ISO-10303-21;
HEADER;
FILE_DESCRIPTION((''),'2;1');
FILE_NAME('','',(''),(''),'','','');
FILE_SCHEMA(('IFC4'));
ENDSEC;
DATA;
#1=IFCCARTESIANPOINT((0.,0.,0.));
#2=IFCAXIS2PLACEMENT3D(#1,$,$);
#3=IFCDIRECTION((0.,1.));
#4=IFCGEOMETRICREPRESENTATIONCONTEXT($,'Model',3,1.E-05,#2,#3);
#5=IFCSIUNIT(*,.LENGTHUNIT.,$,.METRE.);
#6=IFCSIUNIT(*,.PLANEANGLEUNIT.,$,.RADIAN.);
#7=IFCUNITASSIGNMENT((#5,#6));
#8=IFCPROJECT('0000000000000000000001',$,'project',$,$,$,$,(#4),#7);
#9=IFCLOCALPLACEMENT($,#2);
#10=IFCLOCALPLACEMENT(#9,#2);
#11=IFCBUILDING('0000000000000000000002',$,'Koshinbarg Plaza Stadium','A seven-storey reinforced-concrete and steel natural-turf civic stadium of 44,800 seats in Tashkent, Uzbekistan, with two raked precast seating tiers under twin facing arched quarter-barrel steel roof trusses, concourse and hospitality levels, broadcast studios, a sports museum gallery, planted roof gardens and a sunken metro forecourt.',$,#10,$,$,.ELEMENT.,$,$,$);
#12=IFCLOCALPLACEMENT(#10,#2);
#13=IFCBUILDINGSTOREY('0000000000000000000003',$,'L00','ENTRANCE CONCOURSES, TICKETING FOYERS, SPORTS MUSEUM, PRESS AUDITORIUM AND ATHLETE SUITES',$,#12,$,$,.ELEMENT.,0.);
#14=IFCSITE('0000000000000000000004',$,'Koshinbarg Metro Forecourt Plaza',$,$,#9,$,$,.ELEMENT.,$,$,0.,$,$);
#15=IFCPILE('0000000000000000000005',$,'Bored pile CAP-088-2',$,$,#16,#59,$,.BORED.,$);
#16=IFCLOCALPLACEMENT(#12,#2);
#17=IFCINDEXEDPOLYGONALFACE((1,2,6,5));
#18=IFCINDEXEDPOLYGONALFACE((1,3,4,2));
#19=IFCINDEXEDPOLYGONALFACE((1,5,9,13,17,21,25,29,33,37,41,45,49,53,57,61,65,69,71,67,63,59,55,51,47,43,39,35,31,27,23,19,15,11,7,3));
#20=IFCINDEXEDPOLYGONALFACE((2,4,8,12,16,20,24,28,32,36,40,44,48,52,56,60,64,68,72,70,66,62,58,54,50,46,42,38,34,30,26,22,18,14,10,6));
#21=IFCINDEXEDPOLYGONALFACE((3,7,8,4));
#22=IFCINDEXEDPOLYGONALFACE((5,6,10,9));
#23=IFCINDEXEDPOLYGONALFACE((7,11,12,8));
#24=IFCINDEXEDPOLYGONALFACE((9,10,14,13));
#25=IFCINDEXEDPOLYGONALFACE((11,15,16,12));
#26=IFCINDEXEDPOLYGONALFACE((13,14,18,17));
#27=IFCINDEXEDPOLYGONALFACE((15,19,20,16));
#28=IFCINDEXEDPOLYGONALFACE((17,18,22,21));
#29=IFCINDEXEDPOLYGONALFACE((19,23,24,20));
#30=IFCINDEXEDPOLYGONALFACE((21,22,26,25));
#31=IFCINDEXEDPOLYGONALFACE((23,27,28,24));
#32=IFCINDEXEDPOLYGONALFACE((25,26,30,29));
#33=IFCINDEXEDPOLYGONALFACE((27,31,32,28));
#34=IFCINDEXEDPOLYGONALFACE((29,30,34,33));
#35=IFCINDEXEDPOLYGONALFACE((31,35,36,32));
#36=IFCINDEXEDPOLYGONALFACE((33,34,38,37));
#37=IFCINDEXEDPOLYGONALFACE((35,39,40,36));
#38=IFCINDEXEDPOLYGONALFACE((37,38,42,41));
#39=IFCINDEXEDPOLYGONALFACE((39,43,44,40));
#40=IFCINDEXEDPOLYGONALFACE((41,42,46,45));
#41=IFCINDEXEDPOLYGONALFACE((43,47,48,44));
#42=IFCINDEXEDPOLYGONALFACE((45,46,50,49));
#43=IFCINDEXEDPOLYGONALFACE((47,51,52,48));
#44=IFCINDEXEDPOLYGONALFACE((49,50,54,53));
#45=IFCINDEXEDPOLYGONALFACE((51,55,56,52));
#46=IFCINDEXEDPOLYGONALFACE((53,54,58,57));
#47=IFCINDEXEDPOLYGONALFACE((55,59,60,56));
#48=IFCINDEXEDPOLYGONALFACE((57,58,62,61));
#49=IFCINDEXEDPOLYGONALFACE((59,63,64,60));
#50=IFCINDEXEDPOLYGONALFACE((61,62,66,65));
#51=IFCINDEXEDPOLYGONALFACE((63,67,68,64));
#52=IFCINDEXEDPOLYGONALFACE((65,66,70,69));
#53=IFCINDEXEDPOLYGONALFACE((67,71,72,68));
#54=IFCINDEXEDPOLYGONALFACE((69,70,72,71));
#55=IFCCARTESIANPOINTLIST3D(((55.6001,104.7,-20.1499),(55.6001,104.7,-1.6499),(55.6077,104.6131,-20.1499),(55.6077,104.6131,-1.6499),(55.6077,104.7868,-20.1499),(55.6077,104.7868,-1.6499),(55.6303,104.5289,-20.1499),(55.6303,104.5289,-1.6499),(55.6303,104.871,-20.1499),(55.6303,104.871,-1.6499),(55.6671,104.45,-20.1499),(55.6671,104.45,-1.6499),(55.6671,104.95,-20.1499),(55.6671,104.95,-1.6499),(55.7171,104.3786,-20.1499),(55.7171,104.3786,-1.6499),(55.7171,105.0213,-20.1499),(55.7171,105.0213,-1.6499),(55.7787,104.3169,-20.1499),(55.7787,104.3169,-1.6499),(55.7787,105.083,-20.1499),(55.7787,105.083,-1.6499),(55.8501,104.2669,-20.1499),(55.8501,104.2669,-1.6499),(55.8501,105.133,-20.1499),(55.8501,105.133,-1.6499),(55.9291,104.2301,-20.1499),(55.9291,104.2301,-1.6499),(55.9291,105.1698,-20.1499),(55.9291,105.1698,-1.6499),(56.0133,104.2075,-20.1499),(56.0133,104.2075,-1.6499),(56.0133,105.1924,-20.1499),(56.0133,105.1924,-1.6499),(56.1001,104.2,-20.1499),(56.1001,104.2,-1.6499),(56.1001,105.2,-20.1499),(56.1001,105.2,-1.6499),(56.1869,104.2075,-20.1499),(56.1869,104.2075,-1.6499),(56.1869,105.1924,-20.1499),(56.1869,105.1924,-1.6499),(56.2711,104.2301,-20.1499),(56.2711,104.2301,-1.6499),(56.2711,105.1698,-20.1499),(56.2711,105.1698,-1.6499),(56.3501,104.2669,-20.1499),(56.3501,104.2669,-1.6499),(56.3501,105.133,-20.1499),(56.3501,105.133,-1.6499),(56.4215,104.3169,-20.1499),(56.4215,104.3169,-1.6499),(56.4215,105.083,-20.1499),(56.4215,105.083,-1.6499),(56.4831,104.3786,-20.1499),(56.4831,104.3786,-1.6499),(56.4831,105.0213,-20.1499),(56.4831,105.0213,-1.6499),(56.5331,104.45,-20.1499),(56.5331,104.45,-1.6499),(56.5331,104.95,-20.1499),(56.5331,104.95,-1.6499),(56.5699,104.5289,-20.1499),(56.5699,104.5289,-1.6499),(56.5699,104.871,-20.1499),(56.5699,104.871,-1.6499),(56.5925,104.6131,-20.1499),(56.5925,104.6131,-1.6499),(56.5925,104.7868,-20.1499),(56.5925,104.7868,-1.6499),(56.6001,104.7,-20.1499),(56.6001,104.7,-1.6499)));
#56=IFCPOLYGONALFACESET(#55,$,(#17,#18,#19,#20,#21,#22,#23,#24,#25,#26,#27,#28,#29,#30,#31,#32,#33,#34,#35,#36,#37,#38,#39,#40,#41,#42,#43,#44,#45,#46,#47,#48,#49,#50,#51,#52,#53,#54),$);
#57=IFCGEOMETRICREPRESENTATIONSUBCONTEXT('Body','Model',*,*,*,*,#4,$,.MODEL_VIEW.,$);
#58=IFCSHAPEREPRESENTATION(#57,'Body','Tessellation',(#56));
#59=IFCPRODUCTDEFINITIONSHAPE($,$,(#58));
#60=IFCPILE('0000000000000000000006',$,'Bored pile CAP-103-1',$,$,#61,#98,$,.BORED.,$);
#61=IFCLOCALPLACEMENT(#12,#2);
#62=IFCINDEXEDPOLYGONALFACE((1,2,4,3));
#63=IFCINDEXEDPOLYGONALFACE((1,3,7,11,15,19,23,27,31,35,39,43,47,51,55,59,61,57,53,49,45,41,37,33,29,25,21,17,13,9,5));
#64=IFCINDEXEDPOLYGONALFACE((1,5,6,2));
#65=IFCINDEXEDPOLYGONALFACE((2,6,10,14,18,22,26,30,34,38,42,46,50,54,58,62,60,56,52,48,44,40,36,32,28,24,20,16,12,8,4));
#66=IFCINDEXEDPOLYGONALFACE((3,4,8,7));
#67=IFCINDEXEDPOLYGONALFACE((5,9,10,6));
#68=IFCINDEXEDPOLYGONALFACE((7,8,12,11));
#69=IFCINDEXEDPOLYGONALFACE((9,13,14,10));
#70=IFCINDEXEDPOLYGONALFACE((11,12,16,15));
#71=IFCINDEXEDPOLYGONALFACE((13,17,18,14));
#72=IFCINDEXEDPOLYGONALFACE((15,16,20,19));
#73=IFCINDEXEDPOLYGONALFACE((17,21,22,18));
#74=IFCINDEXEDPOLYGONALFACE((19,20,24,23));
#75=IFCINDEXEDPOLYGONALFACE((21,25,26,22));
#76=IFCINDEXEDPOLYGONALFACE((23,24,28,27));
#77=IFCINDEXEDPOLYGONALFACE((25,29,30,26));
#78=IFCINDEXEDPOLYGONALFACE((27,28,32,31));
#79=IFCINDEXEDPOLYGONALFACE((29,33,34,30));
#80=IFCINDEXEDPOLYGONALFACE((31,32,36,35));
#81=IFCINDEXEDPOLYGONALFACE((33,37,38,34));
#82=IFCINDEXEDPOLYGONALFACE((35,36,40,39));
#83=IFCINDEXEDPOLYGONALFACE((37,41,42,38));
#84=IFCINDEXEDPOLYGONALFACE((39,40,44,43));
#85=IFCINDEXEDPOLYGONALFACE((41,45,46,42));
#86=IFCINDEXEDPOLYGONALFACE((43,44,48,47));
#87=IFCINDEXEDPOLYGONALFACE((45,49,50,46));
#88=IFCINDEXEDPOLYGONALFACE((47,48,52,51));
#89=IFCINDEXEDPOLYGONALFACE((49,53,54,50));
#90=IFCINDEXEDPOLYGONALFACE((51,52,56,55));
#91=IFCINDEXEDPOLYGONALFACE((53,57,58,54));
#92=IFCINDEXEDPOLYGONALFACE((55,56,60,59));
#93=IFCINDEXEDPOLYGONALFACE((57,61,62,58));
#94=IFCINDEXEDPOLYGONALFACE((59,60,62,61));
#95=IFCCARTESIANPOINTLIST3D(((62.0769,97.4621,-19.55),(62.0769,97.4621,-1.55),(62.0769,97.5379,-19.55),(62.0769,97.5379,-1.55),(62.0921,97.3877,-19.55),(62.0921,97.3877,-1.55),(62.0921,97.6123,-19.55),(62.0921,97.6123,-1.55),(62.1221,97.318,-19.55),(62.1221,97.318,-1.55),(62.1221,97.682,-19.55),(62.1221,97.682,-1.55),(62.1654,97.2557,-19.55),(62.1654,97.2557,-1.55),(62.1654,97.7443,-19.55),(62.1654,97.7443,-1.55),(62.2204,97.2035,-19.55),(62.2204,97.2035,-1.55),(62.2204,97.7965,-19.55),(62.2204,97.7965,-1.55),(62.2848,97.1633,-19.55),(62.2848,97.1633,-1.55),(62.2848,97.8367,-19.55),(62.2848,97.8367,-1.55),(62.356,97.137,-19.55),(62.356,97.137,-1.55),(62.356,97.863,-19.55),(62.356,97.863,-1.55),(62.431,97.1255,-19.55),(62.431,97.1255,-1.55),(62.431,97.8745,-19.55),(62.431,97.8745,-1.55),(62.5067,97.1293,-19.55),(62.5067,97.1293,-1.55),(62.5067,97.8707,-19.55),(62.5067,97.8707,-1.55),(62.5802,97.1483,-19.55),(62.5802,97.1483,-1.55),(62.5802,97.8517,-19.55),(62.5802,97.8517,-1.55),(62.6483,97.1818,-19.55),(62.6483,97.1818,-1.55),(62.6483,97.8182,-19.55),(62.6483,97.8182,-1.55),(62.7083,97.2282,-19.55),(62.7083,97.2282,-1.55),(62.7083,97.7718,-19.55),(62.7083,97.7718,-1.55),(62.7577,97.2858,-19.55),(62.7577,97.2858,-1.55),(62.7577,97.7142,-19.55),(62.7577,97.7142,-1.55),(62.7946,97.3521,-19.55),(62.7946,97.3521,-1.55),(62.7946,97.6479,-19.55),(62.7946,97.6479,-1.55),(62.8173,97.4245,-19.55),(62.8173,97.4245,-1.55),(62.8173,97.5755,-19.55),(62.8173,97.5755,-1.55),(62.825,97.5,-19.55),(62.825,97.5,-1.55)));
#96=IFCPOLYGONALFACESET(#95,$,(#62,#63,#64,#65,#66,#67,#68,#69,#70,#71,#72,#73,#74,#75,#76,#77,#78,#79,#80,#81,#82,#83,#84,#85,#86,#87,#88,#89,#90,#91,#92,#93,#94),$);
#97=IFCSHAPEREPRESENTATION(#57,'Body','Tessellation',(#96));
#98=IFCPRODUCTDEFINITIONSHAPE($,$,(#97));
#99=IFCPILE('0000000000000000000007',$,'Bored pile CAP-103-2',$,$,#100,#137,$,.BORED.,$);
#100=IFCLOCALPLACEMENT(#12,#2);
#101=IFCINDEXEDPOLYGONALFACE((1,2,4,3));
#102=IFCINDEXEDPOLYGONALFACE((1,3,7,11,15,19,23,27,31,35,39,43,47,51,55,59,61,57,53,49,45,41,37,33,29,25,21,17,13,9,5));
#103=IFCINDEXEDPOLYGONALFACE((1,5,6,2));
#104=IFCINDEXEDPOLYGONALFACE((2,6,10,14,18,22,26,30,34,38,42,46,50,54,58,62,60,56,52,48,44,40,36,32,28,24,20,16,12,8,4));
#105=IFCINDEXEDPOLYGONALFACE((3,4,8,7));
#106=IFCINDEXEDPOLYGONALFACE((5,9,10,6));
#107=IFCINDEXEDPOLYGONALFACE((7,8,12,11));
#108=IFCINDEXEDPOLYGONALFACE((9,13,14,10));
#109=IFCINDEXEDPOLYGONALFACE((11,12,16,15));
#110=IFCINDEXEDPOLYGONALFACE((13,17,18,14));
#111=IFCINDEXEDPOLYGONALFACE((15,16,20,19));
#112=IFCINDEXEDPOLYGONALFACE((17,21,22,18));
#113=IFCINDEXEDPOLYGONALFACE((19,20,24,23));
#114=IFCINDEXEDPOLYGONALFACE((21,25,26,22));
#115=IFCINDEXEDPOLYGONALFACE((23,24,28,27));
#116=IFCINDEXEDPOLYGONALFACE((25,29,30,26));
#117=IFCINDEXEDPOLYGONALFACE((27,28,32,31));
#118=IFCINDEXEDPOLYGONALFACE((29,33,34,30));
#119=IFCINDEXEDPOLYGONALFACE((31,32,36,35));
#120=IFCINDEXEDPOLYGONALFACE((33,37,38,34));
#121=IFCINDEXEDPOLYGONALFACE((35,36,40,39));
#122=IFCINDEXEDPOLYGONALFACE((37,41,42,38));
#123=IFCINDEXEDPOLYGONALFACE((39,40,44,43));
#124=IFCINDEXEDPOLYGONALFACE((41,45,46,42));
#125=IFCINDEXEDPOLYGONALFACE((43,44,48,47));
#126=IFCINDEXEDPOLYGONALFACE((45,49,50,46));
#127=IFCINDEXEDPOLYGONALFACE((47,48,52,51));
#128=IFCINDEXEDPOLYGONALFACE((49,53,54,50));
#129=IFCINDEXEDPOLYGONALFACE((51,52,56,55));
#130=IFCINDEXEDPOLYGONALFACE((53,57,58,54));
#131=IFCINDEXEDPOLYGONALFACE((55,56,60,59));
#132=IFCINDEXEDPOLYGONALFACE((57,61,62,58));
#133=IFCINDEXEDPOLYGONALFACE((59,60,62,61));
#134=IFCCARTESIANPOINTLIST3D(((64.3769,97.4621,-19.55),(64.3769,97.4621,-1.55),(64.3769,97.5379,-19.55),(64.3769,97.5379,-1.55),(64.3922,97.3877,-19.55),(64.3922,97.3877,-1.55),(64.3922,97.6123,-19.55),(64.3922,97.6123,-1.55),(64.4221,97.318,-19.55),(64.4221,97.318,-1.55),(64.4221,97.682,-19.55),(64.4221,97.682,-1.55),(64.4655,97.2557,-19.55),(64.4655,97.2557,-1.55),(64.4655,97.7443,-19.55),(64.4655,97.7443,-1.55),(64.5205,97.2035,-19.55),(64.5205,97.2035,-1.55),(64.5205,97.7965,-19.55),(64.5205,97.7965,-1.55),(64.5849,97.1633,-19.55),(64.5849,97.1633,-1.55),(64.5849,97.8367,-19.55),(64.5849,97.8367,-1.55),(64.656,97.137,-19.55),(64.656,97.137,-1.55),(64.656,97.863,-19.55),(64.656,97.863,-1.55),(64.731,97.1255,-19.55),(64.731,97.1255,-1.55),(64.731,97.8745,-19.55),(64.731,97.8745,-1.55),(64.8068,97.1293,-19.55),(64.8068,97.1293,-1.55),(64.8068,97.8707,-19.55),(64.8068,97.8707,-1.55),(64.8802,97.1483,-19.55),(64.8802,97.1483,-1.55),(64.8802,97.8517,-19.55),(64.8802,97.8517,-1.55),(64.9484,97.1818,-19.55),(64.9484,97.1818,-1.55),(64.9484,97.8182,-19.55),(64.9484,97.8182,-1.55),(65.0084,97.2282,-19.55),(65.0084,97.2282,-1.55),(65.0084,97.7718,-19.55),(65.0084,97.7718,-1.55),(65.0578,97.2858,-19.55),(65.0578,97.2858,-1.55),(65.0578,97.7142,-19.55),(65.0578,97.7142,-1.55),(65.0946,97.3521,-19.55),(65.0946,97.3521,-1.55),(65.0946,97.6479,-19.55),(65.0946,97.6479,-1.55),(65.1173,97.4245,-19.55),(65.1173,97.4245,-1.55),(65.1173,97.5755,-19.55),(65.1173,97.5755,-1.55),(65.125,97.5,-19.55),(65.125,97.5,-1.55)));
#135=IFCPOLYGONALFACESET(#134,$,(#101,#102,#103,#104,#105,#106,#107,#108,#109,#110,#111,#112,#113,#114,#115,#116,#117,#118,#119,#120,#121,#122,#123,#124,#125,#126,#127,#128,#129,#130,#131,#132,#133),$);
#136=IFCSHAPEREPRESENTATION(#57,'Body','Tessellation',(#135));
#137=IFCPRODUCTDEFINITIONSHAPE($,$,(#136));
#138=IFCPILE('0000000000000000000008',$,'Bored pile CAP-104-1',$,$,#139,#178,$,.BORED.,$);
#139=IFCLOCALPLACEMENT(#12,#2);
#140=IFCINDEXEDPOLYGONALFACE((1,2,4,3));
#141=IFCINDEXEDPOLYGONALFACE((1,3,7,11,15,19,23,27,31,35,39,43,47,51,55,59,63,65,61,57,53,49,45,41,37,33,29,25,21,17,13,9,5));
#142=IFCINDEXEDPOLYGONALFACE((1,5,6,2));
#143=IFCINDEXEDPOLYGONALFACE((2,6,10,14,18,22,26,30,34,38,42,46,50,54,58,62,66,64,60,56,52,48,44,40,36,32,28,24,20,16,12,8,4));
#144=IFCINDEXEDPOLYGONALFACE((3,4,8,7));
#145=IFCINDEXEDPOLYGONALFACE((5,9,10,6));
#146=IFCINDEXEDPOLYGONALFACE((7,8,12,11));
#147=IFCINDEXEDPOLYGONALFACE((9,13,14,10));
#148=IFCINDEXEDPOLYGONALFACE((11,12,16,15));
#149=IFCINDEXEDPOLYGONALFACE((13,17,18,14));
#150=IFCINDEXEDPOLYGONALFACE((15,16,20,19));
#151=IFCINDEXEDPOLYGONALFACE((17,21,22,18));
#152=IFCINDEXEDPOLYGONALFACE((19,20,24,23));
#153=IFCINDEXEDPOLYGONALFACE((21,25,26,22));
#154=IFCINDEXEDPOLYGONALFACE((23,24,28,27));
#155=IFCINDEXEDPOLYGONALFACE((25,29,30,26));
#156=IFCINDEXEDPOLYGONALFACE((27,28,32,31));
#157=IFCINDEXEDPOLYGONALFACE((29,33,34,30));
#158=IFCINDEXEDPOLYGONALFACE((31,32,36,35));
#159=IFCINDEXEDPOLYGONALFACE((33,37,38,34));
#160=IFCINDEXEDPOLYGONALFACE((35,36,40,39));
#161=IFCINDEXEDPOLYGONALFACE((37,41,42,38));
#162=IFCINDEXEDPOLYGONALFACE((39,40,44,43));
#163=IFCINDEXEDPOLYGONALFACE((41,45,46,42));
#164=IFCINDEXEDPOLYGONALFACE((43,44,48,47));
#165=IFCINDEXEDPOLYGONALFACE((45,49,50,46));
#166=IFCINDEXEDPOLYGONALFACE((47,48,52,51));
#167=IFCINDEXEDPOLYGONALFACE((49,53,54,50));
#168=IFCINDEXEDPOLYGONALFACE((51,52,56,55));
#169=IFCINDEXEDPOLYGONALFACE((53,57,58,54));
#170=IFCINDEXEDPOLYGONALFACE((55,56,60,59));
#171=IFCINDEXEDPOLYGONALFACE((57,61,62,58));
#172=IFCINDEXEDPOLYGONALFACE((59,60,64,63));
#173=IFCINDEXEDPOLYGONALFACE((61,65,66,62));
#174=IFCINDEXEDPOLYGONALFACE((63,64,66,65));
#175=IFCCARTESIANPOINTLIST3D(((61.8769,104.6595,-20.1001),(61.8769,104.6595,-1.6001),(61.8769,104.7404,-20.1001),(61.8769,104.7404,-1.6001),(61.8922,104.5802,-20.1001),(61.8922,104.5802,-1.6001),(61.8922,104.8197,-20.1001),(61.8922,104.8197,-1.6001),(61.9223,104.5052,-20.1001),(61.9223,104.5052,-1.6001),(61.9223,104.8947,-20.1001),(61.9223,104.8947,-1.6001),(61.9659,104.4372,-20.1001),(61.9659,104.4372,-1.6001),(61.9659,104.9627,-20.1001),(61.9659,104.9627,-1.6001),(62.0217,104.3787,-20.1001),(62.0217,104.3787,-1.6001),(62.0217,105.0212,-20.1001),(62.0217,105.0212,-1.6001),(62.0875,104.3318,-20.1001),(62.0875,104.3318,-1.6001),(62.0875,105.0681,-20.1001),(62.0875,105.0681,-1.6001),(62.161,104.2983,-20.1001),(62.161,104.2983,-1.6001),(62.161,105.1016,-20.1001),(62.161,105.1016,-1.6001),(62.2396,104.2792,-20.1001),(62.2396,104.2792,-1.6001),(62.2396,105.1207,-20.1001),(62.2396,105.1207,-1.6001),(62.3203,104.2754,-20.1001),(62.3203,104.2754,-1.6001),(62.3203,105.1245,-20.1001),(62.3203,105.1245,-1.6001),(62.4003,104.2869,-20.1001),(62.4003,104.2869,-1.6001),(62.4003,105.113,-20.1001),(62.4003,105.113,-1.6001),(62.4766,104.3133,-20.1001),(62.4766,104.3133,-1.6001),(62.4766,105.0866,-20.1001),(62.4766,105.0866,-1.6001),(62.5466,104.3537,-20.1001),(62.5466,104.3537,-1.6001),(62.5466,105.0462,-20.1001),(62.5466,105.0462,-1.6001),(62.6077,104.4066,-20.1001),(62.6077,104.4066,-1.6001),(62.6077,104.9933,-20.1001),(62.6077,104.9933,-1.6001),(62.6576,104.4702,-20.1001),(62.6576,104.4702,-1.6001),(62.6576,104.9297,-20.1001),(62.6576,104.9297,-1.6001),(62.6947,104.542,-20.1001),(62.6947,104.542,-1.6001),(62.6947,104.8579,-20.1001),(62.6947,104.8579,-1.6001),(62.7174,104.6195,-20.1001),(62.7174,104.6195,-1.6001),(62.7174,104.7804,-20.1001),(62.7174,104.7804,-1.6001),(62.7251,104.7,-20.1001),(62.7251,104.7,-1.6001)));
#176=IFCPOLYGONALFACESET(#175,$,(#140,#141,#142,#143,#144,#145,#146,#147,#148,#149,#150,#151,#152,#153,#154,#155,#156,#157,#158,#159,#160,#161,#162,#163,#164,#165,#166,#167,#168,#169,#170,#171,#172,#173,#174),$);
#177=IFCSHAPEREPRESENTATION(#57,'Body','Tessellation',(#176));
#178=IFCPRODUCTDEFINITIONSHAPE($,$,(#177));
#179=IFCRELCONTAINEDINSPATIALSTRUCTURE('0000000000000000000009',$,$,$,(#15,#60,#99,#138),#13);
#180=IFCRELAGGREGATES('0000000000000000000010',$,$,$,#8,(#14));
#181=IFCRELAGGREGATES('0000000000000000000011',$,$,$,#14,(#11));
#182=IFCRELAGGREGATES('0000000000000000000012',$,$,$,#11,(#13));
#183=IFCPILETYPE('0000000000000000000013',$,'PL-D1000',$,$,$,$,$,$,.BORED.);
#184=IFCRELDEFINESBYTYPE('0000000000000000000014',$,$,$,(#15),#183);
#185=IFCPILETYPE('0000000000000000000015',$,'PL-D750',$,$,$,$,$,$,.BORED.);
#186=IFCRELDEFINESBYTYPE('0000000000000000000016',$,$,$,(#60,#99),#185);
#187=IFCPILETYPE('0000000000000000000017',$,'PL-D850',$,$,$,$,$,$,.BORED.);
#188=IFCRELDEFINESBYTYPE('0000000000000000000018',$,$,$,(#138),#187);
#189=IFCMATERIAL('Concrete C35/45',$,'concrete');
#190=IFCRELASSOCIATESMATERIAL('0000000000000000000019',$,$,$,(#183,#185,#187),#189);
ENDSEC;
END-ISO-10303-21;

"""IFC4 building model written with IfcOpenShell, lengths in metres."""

from ifc_helpers import new_model, si_unit, direction, frame, origin, origin_2d, place, context, subcontext, project, spatial, circle, extrude, material, material_profile, profile_set, type_object, element, save


model = new_model("IFC4")

# Units and contexts
model_context = context("Model", 3, precision=1e-05, world=origin(), true_north=direction((0.0, 1.0)))
body_context = subcontext(model_context, "Body", "Model", "MODEL_VIEW")
ifc_project = project(units=[si_unit("LENGTHUNIT", "METRE"), si_unit("PLANEANGLEUNIT", "RADIAN")], contexts=[model_context])

# Site, building, storey
site_placement = place(None, origin())
site = spatial("IfcSite", under=ifc_project, at=site_placement, Name="Koshinbarg Metro Forecourt Plaza", CompositionType="ELEMENT", RefElevation=0.0)
building_placement = place(site_placement, origin())
building = spatial("IfcBuilding", under=site, at=building_placement, Name="Koshinbarg Plaza Stadium", Description="A seven-storey reinforced-concrete and steel natural-turf civic stadium of 44,800 seats in Tashkent, Uzbekistan, with two raked precast seating tiers under twin facing arched quarter-barrel steel roof trusses, concourse and hospitality levels, broadcast studios, a sports museum gallery, planted roof gardens and a sunken metro forecourt.", CompositionType="ELEMENT")
storey_placement = place(building_placement, origin())
storey = spatial("IfcBuildingStorey", under=building, at=storey_placement, Name="L00", Description="ENTRANCE CONCOURSES, TICKETING FOYERS, SPORTS MUSEUM, PRESS AUDITORIUM AND ATHLETE SUITES", CompositionType="ELEMENT", Elevation=0.0)

# Shared definitions
ifc_material_1 = material(Name="Concrete C35/45", Category="concrete")

# Piles
ifc_material_profile_1 = material_profile(ifc_material_1, circle(Radius=0.5, at=origin_2d()), Name="PILE D1000")
ifc_profile_set_1 = profile_set([ifc_material_profile_1], Name="Concrete C35/45")
pile_type_1 = type_object("IfcPileType", Name="PL-D1000", PredefinedType="BORED", material=ifc_profile_set_1)
for number, where, z_axis, x_axis, name in (
    (1, (56.1001, 104.7, -1.6499), (0.0, 0.0, -1.0), (1.0, 0.0, 0.0), "Bored pile CAP-088-2"),
):
    element("IfcPile", number, at=place(storey_placement, frame(where, z_axis=z_axis, x_axis=x_axis)), inside=storey, type_object=pile_type_1, Name=name, PredefinedType="BORED", context=body_context, shape_type="SweptSolid", body=[
        extrude(circle(Radius=0.5, at=origin_2d()), origin(), (0.0, 0.0, 1.0), 18.5),
    ])
ifc_material_profile_2 = material_profile(ifc_material_1, circle(Radius=0.375, at=origin_2d()), Name="PILE D750")
ifc_profile_set_2 = profile_set([ifc_material_profile_2], Name="Concrete C35/45")
pile_type_2 = type_object("IfcPileType", Name="PL-D750", PredefinedType="BORED", material=ifc_profile_set_2)
for number, where, z_axis, x_axis, name in (
    (2, (62.45, 97.5, -1.55), (0.0, 0.0, -1.0), (1.0, 0.0, 0.0), "Bored pile CAP-103-1"),
    (3, (64.75, 97.5, -1.55), (0.0, 0.0, -1.0), (1.0, 0.0, 0.0), "Bored pile CAP-103-2"),
):
    element("IfcPile", number, at=place(storey_placement, frame(where, z_axis=z_axis, x_axis=x_axis)), inside=storey, type_object=pile_type_2, Name=name, PredefinedType="BORED", context=body_context, shape_type="SweptSolid", body=[
        extrude(circle(Radius=0.375, at=origin_2d()), origin(), (0.0, 0.0, 1.0), 18.0),
    ])
ifc_material_profile_3 = material_profile(ifc_material_1, circle(Radius=0.425, at=origin_2d()), Name="PILE D850")
ifc_profile_set_3 = profile_set([ifc_material_profile_3], Name="Concrete C35/45")
pile_type_3 = type_object("IfcPileType", Name="PL-D850", PredefinedType="BORED", material=ifc_profile_set_3)
pile_placement = place(storey_placement, frame((62.3, 104.7, -1.6001), z_axis=(0.0, 0.0, -1.0), x_axis=(1.0, 0.0, 0.0)))
element("IfcPile", 4, at=pile_placement, inside=storey, type_object=pile_type_3, Name="Bored pile CAP-104-1", PredefinedType="BORED", context=body_context, shape_type="SweptSolid", body=[
    extrude(circle(Radius=0.425, at=origin_2d()), origin(), (0.0, 0.0, 1.0), 18.5),
])

save(model, "model.ifc")
